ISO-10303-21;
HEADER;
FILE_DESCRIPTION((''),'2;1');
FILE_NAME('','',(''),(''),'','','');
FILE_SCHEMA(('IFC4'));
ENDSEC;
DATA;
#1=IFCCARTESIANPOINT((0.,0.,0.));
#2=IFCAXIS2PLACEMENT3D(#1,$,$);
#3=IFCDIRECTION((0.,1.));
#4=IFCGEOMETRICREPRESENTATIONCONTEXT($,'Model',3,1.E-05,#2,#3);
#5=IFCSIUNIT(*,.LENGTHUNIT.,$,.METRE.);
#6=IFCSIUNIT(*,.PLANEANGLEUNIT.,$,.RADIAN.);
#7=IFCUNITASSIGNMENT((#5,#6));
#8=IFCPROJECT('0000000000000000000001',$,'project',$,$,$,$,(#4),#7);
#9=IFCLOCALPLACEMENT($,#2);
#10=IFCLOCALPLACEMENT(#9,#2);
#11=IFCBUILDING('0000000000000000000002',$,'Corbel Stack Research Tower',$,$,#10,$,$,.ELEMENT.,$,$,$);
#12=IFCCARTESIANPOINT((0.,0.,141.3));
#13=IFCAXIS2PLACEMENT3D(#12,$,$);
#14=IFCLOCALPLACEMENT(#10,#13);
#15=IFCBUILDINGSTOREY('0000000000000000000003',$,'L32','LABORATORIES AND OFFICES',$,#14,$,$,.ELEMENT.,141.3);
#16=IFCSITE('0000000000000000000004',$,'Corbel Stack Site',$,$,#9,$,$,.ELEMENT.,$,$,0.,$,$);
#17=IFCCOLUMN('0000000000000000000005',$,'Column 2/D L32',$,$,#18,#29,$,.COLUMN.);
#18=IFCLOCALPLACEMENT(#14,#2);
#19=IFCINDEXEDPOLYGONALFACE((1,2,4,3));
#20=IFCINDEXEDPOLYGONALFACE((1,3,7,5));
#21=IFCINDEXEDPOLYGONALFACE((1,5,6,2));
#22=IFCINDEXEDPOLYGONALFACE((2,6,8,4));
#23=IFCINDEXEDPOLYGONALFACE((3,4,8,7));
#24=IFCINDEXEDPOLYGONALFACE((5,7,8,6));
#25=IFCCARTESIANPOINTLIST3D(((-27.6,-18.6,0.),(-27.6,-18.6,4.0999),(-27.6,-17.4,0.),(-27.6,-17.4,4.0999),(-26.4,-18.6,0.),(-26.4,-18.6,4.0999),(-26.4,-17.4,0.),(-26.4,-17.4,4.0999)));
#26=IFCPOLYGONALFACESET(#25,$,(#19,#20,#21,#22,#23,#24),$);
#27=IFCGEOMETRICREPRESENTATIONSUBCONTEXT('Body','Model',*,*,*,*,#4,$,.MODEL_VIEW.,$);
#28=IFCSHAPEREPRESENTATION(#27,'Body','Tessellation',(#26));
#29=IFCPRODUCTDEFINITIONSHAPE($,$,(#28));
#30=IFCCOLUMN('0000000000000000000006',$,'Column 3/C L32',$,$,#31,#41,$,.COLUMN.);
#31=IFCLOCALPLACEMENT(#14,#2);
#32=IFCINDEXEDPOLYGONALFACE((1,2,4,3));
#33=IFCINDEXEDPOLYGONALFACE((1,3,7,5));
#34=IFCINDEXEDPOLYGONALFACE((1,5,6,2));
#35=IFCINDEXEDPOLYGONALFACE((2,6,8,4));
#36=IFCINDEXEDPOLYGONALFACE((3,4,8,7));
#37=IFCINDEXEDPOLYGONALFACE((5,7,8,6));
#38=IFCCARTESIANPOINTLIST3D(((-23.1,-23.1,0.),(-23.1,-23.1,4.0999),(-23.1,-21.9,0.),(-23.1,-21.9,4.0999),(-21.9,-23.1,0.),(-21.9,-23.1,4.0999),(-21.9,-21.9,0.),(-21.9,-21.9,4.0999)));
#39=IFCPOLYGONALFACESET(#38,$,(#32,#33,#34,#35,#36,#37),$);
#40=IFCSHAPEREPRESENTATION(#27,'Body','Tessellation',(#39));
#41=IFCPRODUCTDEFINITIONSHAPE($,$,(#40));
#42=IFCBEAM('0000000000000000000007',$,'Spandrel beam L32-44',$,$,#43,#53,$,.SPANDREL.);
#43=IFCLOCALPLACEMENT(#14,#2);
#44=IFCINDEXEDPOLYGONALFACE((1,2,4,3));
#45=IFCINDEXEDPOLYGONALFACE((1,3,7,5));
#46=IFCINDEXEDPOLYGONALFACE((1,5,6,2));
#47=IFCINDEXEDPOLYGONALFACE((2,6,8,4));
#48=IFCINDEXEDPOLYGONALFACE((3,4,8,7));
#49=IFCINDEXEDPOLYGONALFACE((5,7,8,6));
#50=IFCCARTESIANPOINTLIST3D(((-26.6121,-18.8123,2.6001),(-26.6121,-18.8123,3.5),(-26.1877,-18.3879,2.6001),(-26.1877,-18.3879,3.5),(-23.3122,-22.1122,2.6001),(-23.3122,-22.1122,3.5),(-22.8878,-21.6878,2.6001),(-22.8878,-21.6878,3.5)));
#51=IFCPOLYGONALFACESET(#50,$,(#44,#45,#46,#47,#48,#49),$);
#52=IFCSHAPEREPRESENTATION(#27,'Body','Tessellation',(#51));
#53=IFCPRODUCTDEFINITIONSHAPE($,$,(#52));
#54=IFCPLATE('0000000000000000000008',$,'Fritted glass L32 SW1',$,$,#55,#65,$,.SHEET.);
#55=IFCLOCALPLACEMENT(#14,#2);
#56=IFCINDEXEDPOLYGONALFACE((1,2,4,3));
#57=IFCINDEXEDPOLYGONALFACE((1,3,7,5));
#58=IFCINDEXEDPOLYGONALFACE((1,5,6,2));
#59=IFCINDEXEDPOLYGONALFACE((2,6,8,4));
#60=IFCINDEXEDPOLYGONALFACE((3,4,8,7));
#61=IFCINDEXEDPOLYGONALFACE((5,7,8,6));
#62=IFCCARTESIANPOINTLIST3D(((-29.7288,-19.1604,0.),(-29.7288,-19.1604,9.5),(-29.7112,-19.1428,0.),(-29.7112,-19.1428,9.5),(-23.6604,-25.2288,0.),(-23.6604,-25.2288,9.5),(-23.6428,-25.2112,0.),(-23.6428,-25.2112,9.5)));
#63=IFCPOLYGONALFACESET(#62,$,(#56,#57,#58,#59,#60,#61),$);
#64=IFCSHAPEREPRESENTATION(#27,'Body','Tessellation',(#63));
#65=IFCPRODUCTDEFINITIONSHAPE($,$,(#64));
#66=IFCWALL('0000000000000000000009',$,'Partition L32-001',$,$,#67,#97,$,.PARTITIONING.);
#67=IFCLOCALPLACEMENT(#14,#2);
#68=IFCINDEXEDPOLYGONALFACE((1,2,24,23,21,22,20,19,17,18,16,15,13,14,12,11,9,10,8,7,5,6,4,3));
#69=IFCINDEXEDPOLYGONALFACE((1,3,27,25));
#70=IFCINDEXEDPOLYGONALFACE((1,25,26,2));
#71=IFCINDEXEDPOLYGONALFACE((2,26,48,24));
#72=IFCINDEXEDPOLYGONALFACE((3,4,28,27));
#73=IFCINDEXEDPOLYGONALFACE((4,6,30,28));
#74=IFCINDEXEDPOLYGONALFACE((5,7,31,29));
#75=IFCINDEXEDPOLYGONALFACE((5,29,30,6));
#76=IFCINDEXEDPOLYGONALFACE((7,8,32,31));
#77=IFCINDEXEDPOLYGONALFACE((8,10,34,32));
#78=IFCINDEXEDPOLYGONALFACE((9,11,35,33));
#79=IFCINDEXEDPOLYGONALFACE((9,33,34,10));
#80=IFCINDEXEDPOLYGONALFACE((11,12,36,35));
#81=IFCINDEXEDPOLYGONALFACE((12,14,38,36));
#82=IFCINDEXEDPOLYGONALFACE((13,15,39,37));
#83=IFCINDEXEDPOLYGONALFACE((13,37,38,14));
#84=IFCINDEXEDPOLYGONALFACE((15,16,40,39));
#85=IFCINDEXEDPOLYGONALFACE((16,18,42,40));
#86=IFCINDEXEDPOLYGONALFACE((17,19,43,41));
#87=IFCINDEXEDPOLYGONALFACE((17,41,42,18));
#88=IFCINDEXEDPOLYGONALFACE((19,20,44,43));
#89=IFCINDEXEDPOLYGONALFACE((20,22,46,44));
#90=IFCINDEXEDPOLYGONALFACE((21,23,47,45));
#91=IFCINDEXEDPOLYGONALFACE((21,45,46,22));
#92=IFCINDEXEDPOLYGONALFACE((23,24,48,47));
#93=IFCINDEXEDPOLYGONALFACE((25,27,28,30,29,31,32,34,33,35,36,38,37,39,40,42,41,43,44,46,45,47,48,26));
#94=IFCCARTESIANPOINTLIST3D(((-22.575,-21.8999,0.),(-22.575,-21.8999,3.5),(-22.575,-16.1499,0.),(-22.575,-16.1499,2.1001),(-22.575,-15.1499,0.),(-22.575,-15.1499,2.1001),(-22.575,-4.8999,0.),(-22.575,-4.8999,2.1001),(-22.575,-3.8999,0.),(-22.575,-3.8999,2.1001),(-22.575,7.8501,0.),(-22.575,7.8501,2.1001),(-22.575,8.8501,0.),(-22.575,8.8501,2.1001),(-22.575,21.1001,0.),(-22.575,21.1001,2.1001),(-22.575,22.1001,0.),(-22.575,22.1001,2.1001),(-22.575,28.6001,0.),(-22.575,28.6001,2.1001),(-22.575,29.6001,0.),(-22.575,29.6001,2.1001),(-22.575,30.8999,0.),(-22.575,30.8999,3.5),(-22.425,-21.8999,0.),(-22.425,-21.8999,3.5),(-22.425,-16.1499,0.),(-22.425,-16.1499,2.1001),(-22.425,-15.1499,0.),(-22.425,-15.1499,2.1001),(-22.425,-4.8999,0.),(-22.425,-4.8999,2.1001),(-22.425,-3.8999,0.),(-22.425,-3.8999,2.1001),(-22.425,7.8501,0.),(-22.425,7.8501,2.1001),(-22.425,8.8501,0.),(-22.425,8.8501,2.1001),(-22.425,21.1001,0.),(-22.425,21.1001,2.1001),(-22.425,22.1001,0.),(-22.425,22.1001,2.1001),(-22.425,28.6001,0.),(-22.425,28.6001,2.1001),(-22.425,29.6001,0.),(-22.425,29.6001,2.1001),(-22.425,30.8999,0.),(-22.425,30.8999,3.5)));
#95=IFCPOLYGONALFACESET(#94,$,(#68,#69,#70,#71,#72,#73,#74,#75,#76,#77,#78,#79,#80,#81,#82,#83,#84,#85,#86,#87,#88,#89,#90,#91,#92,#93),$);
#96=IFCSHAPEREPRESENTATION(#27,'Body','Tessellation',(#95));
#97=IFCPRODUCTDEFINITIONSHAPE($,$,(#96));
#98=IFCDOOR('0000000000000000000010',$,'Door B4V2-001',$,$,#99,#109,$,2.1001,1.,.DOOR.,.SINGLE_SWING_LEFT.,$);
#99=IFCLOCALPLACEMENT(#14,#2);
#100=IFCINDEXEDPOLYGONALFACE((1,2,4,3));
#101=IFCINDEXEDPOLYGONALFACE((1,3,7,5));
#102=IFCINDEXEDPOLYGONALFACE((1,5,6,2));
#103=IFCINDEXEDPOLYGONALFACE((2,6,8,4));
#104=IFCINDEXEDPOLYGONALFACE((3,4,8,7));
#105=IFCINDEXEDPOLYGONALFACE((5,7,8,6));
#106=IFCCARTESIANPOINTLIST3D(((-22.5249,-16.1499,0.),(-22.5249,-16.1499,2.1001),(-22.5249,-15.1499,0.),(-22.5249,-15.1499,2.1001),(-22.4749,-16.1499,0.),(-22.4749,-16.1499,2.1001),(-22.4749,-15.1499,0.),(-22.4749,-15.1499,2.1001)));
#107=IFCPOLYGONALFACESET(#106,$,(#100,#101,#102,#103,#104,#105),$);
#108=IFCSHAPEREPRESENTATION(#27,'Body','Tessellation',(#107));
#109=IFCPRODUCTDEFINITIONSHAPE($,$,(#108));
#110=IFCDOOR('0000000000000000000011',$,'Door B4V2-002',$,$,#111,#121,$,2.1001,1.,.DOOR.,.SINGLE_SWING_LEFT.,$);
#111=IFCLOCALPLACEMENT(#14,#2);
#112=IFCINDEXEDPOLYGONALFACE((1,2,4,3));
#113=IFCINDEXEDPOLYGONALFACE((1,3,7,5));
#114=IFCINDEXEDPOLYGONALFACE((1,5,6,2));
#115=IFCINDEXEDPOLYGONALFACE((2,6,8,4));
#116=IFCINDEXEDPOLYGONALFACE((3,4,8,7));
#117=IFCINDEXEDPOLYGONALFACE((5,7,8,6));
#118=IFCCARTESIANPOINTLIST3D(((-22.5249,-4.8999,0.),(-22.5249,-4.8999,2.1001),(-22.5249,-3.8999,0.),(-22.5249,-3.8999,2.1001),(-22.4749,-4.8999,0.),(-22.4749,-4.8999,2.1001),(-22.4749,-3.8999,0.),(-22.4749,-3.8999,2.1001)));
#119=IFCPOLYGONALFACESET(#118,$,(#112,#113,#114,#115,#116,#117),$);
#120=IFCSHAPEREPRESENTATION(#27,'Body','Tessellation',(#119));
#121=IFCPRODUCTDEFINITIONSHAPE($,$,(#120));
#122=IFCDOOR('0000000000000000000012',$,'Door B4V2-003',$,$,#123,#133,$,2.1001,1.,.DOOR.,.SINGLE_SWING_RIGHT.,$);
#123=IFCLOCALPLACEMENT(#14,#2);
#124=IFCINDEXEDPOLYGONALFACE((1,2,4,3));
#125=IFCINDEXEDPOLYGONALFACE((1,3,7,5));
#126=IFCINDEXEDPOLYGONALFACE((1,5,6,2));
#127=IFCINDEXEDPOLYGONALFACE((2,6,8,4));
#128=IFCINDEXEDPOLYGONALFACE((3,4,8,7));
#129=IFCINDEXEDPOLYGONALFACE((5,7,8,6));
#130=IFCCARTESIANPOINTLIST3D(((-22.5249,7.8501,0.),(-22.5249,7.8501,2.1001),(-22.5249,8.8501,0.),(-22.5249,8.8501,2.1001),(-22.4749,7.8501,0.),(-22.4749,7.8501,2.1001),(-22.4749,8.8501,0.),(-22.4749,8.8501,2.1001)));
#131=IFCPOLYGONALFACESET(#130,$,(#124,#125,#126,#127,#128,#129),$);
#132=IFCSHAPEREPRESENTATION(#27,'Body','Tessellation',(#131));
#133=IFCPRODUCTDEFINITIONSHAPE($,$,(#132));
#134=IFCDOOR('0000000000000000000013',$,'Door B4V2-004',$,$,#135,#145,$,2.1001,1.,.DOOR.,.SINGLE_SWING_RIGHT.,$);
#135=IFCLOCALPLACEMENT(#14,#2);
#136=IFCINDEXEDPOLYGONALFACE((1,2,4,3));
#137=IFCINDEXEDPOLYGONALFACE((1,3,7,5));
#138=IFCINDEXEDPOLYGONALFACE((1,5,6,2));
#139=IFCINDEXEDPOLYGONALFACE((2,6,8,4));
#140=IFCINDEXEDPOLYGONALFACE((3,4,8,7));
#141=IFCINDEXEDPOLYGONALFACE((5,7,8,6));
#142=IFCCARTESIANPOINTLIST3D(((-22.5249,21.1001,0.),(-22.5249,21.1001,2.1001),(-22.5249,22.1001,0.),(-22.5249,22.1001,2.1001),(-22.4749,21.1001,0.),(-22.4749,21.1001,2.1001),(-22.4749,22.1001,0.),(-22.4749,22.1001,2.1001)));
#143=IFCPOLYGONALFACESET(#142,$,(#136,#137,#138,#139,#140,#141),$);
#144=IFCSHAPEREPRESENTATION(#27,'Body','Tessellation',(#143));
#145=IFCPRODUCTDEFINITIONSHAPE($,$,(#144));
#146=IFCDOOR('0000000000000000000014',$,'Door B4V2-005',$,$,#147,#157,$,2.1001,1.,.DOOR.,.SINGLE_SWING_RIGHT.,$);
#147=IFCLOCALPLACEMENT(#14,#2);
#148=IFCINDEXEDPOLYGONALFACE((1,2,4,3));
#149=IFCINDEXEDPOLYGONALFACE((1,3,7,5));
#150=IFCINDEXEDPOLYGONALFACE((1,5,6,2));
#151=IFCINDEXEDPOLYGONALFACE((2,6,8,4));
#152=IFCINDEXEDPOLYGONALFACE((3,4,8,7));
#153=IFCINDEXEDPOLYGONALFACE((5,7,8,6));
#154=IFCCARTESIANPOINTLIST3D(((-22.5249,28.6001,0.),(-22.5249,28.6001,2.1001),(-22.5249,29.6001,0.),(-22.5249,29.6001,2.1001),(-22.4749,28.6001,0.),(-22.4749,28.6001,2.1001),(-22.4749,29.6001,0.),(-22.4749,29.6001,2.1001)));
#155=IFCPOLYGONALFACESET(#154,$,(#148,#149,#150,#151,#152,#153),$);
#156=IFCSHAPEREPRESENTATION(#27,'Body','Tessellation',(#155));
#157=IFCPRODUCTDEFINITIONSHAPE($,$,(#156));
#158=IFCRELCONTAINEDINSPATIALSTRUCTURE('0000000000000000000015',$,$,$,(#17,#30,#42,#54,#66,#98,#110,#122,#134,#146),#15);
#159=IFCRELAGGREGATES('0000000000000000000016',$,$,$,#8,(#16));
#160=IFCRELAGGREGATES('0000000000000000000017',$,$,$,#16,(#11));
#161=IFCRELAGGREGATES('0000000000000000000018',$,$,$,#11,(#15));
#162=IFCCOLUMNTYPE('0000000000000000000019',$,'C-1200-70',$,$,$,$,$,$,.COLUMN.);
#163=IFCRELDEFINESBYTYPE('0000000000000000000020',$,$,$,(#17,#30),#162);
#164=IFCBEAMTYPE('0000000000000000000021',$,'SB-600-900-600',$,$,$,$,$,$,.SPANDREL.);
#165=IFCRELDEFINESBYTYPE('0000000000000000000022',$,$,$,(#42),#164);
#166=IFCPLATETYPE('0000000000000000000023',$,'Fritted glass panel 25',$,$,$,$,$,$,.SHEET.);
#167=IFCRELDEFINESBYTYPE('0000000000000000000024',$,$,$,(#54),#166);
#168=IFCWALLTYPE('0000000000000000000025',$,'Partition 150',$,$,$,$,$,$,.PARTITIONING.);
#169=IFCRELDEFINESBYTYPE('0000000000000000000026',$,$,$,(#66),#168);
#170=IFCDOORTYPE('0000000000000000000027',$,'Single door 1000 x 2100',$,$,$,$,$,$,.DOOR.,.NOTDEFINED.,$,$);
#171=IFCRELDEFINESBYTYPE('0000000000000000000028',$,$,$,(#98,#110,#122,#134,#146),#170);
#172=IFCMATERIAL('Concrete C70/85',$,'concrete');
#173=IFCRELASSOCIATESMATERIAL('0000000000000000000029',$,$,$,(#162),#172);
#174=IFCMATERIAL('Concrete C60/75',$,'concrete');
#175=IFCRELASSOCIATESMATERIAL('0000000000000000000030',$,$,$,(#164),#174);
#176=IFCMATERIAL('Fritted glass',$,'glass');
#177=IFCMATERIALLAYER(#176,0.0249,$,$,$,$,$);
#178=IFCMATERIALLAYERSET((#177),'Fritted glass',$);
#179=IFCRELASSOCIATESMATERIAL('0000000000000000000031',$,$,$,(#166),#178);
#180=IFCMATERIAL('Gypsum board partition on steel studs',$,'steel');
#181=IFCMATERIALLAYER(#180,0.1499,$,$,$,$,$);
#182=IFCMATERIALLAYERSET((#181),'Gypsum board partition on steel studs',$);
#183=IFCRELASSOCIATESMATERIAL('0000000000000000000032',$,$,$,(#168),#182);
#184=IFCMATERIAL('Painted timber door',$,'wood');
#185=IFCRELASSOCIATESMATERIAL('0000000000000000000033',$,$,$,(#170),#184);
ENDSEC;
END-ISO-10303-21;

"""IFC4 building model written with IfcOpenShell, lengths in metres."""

from ifc_helpers import new_model, si_unit, direction, frame, frame_2d, origin, origin_2d, place, context, subcontext, project, spatial, rectangle, extrude, material, layer, layer_set, material_profile, profile_set, type_object, element, fill, save


model = new_model("IFC4")

# Units and contexts
model_context = context("Model", 3, precision=1e-05, world=origin(), true_north=direction((0.0, 1.0)))
body_context = subcontext(model_context, "Body", "Model", "MODEL_VIEW")
ifc_project = project(units=[si_unit("LENGTHUNIT", "METRE"), si_unit("PLANEANGLEUNIT", "RADIAN")], contexts=[model_context])

# Site, building, storey
site_placement = place(None, origin())
site = spatial("IfcSite", under=ifc_project, at=site_placement, Name="Corbel Stack Site", CompositionType="ELEMENT", RefElevation=0.0)
building_placement = place(site_placement, origin())
building = spatial("IfcBuilding", under=site, at=building_placement, Name="Corbel Stack Research Tower", CompositionType="ELEMENT")
storey_placement = place(building_placement, frame((0.0, 0.0, 141.3)))
storey = spatial("IfcBuildingStorey", under=building, at=storey_placement, Name="L32", Description="LABORATORIES AND OFFICES", CompositionType="ELEMENT", Elevation=141.3)

# Columns
ifc_material_1 = material(Name="Concrete C70/85", Category="concrete")
ifc_material_profile_1 = material_profile(ifc_material_1, rectangle(XDim=1.2, YDim=1.2, at=origin_2d()), Name="RC 1200 x 1200")
ifc_profile_set_1 = profile_set([ifc_material_profile_1], Name="Concrete C70/85")
column_type = type_object("IfcColumnType", Name="C-1200-70", PredefinedType="COLUMN", material=ifc_profile_set_1)
for number, where, z_axis, x_axis, name in (
    (1, (-27.0, -18.0, 0.0), (0.0, 0.0, 1.0), (1.0, 0.0, 0.0), "Column 2/D L32"),
    (2, (-22.5, -22.5, 0.0), (0.0, 0.0, 1.0), (1.0, 0.0, 0.0), "Column 3/C L32"),
):
    element("IfcColumn", number, at=place(storey_placement, frame(where, z_axis=z_axis, x_axis=x_axis)), inside=storey, type_object=column_type, Name=name, PredefinedType="COLUMN", context=body_context, shape_type="SweptSolid", body=[
        extrude(rectangle(XDim=1.2, YDim=1.2, at=origin_2d()), origin(), (0.0, 0.0, 1.0), 4.0999),
    ])

# Beam
ifc_material_2 = material(Name="Concrete C60/75", Category="concrete")
ifc_material_profile_2 = material_profile(ifc_material_2, rectangle(XDim=0.6001, YDim=0.8999, at=origin_2d()), Name="RC 600 x 900")
ifc_profile_set_2 = profile_set([ifc_material_profile_2], Name="Concrete C60/75")
beam_type = type_object("IfcBeamType", Name="SB-600-900-600", PredefinedType="SPANDREL", material=ifc_profile_set_2)
beam_placement = place(storey_placement, frame((-26.3999, -18.6001, 3.05), z_axis=(0.707107, -0.707107, 0.0), x_axis=(0.707107, 0.707107, 0.0)))
element("IfcBeam", 3, at=beam_placement, inside=storey, type_object=beam_type, Name="Spandrel beam L32-44", PredefinedType="SPANDREL", context=body_context, shape_type="SweptSolid", body=[
    extrude(rectangle(XDim=0.6001, YDim=0.8999, at=origin_2d()), origin(), (0.0, 0.0, 1.0), 4.6667),
])

# Plate
ifc_material_3 = material(Name="Fritted glass", Category="glass")
ifc_layer_1 = layer(ifc_material_3, 0.0249)
ifc_layer_set_1 = layer_set([ifc_layer_1], Name="Fritted glass")
plate_type = type_object("IfcPlateType", Name="Fritted glass panel 25", PredefinedType="SHEET", material=ifc_layer_set_1)
plate_placement = place(storey_placement, frame((-26.6858, -22.1858, 0.0), z_axis=(0.0, 0.0, 1.0), x_axis=(0.707107, -0.707107, 0.0)))
element("IfcPlate", 4, at=plate_placement, inside=storey, type_object=plate_type, Name="Fritted glass L32 SW1", PredefinedType="SHEET", context=body_context, shape_type="SweptSolid", body=[
    extrude(rectangle(XDim=8.582, YDim=0.0249, at=origin_2d()), origin(), (0.0, 0.0, 1.0), 9.5),
])

# Wall, openings, doors
ifc_material_4 = material(Name="Gypsum board partition on steel studs", Category="steel")
ifc_layer_2 = layer(ifc_material_4, 0.1499)
ifc_layer_set_2 = layer_set([ifc_layer_2], Name="Gypsum board partition on steel studs")
wall_type_1 = type_object("IfcWallType", Name="Partition 150", PredefinedType="PARTITIONING", material=ifc_layer_set_2)
wall_1_placement = place(storey_placement, frame((-22.5, -21.8999, 0.0), z_axis=(0.0, 0.0, 1.0), x_axis=(0.0, 1.0, 0.0)))
wall_1 = element("IfcWall", 5, at=wall_1_placement, inside=storey, type_object=wall_type_1, Name="Partition L32-001", PredefinedType="PARTITIONING", context=body_context, shape_type="SweptSolid", body=[
    extrude(rectangle(XDim=52.7998, YDim=0.1499, at=frame_2d((26.3999, 0.0))), origin(), (0.0, 0.0, 1.0), 3.5),
])
opening_1_placement = place(wall_1_placement, frame((5.75, 0.0, 0.0)))
opening_1 = element("IfcOpeningElement", 6, at=opening_1_placement, cuts=wall_1, PredefinedType="OPENING", context=body_context, shape_type="SweptSolid", body=[
    extrude(rectangle(XDim=1.0, YDim=2.1001, at=frame_2d((0.5, 1.05))), frame((0.0, 0.085, 0.0), z_axis=(0.0, -1.0, 0.0), x_axis=(1.0, 0.0, 0.0)), (0.0, 0.0, 1.0), 0.1699),
])
opening_2_placement = place(wall_1_placement, frame((17.0, 0.0, 0.0)))
opening_2 = element("IfcOpeningElement", 7, at=opening_2_placement, cuts=wall_1, PredefinedType="OPENING", context=body_context, shape_type="SweptSolid", body=[
    extrude(rectangle(XDim=1.0, YDim=2.1001, at=frame_2d((0.5, 1.05))), frame((0.0, 0.085, 0.0), z_axis=(0.0, -1.0, 0.0), x_axis=(1.0, 0.0, 0.0)), (0.0, 0.0, 1.0), 0.1699),
])
opening_3_placement = place(wall_1_placement, frame((29.75, 0.0, 0.0)))
opening_3 = element("IfcOpeningElement", 8, at=opening_3_placement, cuts=wall_1, PredefinedType="OPENING", context=body_context, shape_type="SweptSolid", body=[
    extrude(rectangle(XDim=1.0, YDim=2.1001, at=frame_2d((0.5, 1.05))), frame((0.0, 0.085, 0.0), z_axis=(0.0, -1.0, 0.0), x_axis=(1.0, 0.0, 0.0)), (0.0, 0.0, 1.0), 0.1699),
])
opening_4_placement = place(wall_1_placement, frame((43.0, 0.0, 0.0)))
opening_4 = element("IfcOpeningElement", 9, at=opening_4_placement, cuts=wall_1, PredefinedType="OPENING", context=body_context, shape_type="SweptSolid", body=[
    extrude(rectangle(XDim=1.0, YDim=2.1001, at=frame_2d((0.5, 1.05))), frame((0.0, 0.085, 0.0), z_axis=(0.0, -1.0, 0.0), x_axis=(1.0, 0.0, 0.0)), (0.0, 0.0, 1.0), 0.1699),
])
opening_5_placement = place(wall_1_placement, frame((50.5, 0.0, 0.0)))
opening_5 = element("IfcOpeningElement", 10, at=opening_5_placement, cuts=wall_1, PredefinedType="OPENING", context=body_context, shape_type="SweptSolid", body=[
    extrude(rectangle(XDim=1.0, YDim=2.1001, at=frame_2d((0.5, 1.05))), frame((0.0, 0.085, 0.0), z_axis=(0.0, -1.0, 0.0), x_axis=(1.0, 0.0, 0.0)), (0.0, 0.0, 1.0), 0.1699),
])
ifc_material_5 = material(Name="Painted timber door", Category="wood")
door_type_1 = type_object("IfcDoorType", Name="Single door 1000 x 2100", OperationType="NOTDEFINED", PredefinedType="DOOR", material=ifc_material_5)
door_1_placement = place(opening_1_placement, origin())
door_1 = element("IfcDoor", 11, at=door_1_placement, inside=storey, type_object=door_type_1, Name="Door B4V2-001", OperationType="SINGLE_SWING_LEFT", OverallHeight=2.1001, OverallWidth=1.0, PredefinedType="DOOR", context=body_context, shape_type="SweptSolid", body=[
    extrude(rectangle(XDim=1.0, YDim=2.1001, at=frame_2d((0.5, 1.05))), frame((0.0, 0.0249, 0.0), z_axis=(0.0, -1.0, 0.0), x_axis=(1.0, 0.0, 0.0)), (0.0, 0.0, 1.0), 0.05),
])
fill(opening_1, door_1)
door_2_placement = place(opening_2_placement, origin())
door_2 = element("IfcDoor", 12, at=door_2_placement, inside=storey, type_object=door_type_1, Name="Door B4V2-002", OperationType="SINGLE_SWING_LEFT", OverallHeight=2.1001, OverallWidth=1.0, PredefinedType="DOOR", context=body_context, shape_type="SweptSolid", body=[
    extrude(rectangle(XDim=1.0, YDim=2.1001, at=frame_2d((0.5, 1.05))), frame((0.0, 0.0249, 0.0), z_axis=(0.0, -1.0, 0.0), x_axis=(1.0, 0.0, 0.0)), (0.0, 0.0, 1.0), 0.05),
])
fill(opening_2, door_2)
door_3_placement = place(opening_3_placement, origin())
door_3 = element("IfcDoor", 13, at=door_3_placement, inside=storey, type_object=door_type_1, Name="Door B4V2-003", OperationType="SINGLE_SWING_RIGHT", OverallHeight=2.1001, OverallWidth=1.0, PredefinedType="DOOR", context=body_context, shape_type="SweptSolid", body=[
    extrude(rectangle(XDim=1.0, YDim=2.1001, at=frame_2d((0.5, 1.05))), frame((0.0, 0.0249, 0.0), z_axis=(0.0, -1.0, 0.0), x_axis=(1.0, 0.0, 0.0)), (0.0, 0.0, 1.0), 0.05),
])
fill(opening_3, door_3)
door_4_placement = place(opening_4_placement, origin())
door_4 = element("IfcDoor", 14, at=door_4_placement, inside=storey, type_object=door_type_1, Name="Door B4V2-004", OperationType="SINGLE_SWING_RIGHT", OverallHeight=2.1001, OverallWidth=1.0, PredefinedType="DOOR", context=body_context, shape_type="SweptSolid", body=[
    extrude(rectangle(XDim=1.0, YDim=2.1001, at=frame_2d((0.5, 1.05))), frame((0.0, 0.0249, 0.0), z_axis=(0.0, -1.0, 0.0), x_axis=(1.0, 0.0, 0.0)), (0.0, 0.0, 1.0), 0.05),
])
fill(opening_4, door_4)
door_5_placement = place(opening_5_placement, origin())
door_5 = element("IfcDoor", 15, at=door_5_placement, inside=storey, type_object=door_type_1, Name="Door B4V2-005", OperationType="SINGLE_SWING_RIGHT", OverallHeight=2.1001, OverallWidth=1.0, PredefinedType="DOOR", context=body_context, shape_type="SweptSolid", body=[
    extrude(rectangle(XDim=1.0, YDim=2.1001, at=frame_2d((0.5, 1.05))), frame((0.0, 0.0249, 0.0), z_axis=(0.0, -1.0, 0.0), x_axis=(1.0, 0.0, 0.0)), (0.0, 0.0, 1.0), 0.05),
])
fill(opening_5, door_5)

save(model, "model.ifc")
